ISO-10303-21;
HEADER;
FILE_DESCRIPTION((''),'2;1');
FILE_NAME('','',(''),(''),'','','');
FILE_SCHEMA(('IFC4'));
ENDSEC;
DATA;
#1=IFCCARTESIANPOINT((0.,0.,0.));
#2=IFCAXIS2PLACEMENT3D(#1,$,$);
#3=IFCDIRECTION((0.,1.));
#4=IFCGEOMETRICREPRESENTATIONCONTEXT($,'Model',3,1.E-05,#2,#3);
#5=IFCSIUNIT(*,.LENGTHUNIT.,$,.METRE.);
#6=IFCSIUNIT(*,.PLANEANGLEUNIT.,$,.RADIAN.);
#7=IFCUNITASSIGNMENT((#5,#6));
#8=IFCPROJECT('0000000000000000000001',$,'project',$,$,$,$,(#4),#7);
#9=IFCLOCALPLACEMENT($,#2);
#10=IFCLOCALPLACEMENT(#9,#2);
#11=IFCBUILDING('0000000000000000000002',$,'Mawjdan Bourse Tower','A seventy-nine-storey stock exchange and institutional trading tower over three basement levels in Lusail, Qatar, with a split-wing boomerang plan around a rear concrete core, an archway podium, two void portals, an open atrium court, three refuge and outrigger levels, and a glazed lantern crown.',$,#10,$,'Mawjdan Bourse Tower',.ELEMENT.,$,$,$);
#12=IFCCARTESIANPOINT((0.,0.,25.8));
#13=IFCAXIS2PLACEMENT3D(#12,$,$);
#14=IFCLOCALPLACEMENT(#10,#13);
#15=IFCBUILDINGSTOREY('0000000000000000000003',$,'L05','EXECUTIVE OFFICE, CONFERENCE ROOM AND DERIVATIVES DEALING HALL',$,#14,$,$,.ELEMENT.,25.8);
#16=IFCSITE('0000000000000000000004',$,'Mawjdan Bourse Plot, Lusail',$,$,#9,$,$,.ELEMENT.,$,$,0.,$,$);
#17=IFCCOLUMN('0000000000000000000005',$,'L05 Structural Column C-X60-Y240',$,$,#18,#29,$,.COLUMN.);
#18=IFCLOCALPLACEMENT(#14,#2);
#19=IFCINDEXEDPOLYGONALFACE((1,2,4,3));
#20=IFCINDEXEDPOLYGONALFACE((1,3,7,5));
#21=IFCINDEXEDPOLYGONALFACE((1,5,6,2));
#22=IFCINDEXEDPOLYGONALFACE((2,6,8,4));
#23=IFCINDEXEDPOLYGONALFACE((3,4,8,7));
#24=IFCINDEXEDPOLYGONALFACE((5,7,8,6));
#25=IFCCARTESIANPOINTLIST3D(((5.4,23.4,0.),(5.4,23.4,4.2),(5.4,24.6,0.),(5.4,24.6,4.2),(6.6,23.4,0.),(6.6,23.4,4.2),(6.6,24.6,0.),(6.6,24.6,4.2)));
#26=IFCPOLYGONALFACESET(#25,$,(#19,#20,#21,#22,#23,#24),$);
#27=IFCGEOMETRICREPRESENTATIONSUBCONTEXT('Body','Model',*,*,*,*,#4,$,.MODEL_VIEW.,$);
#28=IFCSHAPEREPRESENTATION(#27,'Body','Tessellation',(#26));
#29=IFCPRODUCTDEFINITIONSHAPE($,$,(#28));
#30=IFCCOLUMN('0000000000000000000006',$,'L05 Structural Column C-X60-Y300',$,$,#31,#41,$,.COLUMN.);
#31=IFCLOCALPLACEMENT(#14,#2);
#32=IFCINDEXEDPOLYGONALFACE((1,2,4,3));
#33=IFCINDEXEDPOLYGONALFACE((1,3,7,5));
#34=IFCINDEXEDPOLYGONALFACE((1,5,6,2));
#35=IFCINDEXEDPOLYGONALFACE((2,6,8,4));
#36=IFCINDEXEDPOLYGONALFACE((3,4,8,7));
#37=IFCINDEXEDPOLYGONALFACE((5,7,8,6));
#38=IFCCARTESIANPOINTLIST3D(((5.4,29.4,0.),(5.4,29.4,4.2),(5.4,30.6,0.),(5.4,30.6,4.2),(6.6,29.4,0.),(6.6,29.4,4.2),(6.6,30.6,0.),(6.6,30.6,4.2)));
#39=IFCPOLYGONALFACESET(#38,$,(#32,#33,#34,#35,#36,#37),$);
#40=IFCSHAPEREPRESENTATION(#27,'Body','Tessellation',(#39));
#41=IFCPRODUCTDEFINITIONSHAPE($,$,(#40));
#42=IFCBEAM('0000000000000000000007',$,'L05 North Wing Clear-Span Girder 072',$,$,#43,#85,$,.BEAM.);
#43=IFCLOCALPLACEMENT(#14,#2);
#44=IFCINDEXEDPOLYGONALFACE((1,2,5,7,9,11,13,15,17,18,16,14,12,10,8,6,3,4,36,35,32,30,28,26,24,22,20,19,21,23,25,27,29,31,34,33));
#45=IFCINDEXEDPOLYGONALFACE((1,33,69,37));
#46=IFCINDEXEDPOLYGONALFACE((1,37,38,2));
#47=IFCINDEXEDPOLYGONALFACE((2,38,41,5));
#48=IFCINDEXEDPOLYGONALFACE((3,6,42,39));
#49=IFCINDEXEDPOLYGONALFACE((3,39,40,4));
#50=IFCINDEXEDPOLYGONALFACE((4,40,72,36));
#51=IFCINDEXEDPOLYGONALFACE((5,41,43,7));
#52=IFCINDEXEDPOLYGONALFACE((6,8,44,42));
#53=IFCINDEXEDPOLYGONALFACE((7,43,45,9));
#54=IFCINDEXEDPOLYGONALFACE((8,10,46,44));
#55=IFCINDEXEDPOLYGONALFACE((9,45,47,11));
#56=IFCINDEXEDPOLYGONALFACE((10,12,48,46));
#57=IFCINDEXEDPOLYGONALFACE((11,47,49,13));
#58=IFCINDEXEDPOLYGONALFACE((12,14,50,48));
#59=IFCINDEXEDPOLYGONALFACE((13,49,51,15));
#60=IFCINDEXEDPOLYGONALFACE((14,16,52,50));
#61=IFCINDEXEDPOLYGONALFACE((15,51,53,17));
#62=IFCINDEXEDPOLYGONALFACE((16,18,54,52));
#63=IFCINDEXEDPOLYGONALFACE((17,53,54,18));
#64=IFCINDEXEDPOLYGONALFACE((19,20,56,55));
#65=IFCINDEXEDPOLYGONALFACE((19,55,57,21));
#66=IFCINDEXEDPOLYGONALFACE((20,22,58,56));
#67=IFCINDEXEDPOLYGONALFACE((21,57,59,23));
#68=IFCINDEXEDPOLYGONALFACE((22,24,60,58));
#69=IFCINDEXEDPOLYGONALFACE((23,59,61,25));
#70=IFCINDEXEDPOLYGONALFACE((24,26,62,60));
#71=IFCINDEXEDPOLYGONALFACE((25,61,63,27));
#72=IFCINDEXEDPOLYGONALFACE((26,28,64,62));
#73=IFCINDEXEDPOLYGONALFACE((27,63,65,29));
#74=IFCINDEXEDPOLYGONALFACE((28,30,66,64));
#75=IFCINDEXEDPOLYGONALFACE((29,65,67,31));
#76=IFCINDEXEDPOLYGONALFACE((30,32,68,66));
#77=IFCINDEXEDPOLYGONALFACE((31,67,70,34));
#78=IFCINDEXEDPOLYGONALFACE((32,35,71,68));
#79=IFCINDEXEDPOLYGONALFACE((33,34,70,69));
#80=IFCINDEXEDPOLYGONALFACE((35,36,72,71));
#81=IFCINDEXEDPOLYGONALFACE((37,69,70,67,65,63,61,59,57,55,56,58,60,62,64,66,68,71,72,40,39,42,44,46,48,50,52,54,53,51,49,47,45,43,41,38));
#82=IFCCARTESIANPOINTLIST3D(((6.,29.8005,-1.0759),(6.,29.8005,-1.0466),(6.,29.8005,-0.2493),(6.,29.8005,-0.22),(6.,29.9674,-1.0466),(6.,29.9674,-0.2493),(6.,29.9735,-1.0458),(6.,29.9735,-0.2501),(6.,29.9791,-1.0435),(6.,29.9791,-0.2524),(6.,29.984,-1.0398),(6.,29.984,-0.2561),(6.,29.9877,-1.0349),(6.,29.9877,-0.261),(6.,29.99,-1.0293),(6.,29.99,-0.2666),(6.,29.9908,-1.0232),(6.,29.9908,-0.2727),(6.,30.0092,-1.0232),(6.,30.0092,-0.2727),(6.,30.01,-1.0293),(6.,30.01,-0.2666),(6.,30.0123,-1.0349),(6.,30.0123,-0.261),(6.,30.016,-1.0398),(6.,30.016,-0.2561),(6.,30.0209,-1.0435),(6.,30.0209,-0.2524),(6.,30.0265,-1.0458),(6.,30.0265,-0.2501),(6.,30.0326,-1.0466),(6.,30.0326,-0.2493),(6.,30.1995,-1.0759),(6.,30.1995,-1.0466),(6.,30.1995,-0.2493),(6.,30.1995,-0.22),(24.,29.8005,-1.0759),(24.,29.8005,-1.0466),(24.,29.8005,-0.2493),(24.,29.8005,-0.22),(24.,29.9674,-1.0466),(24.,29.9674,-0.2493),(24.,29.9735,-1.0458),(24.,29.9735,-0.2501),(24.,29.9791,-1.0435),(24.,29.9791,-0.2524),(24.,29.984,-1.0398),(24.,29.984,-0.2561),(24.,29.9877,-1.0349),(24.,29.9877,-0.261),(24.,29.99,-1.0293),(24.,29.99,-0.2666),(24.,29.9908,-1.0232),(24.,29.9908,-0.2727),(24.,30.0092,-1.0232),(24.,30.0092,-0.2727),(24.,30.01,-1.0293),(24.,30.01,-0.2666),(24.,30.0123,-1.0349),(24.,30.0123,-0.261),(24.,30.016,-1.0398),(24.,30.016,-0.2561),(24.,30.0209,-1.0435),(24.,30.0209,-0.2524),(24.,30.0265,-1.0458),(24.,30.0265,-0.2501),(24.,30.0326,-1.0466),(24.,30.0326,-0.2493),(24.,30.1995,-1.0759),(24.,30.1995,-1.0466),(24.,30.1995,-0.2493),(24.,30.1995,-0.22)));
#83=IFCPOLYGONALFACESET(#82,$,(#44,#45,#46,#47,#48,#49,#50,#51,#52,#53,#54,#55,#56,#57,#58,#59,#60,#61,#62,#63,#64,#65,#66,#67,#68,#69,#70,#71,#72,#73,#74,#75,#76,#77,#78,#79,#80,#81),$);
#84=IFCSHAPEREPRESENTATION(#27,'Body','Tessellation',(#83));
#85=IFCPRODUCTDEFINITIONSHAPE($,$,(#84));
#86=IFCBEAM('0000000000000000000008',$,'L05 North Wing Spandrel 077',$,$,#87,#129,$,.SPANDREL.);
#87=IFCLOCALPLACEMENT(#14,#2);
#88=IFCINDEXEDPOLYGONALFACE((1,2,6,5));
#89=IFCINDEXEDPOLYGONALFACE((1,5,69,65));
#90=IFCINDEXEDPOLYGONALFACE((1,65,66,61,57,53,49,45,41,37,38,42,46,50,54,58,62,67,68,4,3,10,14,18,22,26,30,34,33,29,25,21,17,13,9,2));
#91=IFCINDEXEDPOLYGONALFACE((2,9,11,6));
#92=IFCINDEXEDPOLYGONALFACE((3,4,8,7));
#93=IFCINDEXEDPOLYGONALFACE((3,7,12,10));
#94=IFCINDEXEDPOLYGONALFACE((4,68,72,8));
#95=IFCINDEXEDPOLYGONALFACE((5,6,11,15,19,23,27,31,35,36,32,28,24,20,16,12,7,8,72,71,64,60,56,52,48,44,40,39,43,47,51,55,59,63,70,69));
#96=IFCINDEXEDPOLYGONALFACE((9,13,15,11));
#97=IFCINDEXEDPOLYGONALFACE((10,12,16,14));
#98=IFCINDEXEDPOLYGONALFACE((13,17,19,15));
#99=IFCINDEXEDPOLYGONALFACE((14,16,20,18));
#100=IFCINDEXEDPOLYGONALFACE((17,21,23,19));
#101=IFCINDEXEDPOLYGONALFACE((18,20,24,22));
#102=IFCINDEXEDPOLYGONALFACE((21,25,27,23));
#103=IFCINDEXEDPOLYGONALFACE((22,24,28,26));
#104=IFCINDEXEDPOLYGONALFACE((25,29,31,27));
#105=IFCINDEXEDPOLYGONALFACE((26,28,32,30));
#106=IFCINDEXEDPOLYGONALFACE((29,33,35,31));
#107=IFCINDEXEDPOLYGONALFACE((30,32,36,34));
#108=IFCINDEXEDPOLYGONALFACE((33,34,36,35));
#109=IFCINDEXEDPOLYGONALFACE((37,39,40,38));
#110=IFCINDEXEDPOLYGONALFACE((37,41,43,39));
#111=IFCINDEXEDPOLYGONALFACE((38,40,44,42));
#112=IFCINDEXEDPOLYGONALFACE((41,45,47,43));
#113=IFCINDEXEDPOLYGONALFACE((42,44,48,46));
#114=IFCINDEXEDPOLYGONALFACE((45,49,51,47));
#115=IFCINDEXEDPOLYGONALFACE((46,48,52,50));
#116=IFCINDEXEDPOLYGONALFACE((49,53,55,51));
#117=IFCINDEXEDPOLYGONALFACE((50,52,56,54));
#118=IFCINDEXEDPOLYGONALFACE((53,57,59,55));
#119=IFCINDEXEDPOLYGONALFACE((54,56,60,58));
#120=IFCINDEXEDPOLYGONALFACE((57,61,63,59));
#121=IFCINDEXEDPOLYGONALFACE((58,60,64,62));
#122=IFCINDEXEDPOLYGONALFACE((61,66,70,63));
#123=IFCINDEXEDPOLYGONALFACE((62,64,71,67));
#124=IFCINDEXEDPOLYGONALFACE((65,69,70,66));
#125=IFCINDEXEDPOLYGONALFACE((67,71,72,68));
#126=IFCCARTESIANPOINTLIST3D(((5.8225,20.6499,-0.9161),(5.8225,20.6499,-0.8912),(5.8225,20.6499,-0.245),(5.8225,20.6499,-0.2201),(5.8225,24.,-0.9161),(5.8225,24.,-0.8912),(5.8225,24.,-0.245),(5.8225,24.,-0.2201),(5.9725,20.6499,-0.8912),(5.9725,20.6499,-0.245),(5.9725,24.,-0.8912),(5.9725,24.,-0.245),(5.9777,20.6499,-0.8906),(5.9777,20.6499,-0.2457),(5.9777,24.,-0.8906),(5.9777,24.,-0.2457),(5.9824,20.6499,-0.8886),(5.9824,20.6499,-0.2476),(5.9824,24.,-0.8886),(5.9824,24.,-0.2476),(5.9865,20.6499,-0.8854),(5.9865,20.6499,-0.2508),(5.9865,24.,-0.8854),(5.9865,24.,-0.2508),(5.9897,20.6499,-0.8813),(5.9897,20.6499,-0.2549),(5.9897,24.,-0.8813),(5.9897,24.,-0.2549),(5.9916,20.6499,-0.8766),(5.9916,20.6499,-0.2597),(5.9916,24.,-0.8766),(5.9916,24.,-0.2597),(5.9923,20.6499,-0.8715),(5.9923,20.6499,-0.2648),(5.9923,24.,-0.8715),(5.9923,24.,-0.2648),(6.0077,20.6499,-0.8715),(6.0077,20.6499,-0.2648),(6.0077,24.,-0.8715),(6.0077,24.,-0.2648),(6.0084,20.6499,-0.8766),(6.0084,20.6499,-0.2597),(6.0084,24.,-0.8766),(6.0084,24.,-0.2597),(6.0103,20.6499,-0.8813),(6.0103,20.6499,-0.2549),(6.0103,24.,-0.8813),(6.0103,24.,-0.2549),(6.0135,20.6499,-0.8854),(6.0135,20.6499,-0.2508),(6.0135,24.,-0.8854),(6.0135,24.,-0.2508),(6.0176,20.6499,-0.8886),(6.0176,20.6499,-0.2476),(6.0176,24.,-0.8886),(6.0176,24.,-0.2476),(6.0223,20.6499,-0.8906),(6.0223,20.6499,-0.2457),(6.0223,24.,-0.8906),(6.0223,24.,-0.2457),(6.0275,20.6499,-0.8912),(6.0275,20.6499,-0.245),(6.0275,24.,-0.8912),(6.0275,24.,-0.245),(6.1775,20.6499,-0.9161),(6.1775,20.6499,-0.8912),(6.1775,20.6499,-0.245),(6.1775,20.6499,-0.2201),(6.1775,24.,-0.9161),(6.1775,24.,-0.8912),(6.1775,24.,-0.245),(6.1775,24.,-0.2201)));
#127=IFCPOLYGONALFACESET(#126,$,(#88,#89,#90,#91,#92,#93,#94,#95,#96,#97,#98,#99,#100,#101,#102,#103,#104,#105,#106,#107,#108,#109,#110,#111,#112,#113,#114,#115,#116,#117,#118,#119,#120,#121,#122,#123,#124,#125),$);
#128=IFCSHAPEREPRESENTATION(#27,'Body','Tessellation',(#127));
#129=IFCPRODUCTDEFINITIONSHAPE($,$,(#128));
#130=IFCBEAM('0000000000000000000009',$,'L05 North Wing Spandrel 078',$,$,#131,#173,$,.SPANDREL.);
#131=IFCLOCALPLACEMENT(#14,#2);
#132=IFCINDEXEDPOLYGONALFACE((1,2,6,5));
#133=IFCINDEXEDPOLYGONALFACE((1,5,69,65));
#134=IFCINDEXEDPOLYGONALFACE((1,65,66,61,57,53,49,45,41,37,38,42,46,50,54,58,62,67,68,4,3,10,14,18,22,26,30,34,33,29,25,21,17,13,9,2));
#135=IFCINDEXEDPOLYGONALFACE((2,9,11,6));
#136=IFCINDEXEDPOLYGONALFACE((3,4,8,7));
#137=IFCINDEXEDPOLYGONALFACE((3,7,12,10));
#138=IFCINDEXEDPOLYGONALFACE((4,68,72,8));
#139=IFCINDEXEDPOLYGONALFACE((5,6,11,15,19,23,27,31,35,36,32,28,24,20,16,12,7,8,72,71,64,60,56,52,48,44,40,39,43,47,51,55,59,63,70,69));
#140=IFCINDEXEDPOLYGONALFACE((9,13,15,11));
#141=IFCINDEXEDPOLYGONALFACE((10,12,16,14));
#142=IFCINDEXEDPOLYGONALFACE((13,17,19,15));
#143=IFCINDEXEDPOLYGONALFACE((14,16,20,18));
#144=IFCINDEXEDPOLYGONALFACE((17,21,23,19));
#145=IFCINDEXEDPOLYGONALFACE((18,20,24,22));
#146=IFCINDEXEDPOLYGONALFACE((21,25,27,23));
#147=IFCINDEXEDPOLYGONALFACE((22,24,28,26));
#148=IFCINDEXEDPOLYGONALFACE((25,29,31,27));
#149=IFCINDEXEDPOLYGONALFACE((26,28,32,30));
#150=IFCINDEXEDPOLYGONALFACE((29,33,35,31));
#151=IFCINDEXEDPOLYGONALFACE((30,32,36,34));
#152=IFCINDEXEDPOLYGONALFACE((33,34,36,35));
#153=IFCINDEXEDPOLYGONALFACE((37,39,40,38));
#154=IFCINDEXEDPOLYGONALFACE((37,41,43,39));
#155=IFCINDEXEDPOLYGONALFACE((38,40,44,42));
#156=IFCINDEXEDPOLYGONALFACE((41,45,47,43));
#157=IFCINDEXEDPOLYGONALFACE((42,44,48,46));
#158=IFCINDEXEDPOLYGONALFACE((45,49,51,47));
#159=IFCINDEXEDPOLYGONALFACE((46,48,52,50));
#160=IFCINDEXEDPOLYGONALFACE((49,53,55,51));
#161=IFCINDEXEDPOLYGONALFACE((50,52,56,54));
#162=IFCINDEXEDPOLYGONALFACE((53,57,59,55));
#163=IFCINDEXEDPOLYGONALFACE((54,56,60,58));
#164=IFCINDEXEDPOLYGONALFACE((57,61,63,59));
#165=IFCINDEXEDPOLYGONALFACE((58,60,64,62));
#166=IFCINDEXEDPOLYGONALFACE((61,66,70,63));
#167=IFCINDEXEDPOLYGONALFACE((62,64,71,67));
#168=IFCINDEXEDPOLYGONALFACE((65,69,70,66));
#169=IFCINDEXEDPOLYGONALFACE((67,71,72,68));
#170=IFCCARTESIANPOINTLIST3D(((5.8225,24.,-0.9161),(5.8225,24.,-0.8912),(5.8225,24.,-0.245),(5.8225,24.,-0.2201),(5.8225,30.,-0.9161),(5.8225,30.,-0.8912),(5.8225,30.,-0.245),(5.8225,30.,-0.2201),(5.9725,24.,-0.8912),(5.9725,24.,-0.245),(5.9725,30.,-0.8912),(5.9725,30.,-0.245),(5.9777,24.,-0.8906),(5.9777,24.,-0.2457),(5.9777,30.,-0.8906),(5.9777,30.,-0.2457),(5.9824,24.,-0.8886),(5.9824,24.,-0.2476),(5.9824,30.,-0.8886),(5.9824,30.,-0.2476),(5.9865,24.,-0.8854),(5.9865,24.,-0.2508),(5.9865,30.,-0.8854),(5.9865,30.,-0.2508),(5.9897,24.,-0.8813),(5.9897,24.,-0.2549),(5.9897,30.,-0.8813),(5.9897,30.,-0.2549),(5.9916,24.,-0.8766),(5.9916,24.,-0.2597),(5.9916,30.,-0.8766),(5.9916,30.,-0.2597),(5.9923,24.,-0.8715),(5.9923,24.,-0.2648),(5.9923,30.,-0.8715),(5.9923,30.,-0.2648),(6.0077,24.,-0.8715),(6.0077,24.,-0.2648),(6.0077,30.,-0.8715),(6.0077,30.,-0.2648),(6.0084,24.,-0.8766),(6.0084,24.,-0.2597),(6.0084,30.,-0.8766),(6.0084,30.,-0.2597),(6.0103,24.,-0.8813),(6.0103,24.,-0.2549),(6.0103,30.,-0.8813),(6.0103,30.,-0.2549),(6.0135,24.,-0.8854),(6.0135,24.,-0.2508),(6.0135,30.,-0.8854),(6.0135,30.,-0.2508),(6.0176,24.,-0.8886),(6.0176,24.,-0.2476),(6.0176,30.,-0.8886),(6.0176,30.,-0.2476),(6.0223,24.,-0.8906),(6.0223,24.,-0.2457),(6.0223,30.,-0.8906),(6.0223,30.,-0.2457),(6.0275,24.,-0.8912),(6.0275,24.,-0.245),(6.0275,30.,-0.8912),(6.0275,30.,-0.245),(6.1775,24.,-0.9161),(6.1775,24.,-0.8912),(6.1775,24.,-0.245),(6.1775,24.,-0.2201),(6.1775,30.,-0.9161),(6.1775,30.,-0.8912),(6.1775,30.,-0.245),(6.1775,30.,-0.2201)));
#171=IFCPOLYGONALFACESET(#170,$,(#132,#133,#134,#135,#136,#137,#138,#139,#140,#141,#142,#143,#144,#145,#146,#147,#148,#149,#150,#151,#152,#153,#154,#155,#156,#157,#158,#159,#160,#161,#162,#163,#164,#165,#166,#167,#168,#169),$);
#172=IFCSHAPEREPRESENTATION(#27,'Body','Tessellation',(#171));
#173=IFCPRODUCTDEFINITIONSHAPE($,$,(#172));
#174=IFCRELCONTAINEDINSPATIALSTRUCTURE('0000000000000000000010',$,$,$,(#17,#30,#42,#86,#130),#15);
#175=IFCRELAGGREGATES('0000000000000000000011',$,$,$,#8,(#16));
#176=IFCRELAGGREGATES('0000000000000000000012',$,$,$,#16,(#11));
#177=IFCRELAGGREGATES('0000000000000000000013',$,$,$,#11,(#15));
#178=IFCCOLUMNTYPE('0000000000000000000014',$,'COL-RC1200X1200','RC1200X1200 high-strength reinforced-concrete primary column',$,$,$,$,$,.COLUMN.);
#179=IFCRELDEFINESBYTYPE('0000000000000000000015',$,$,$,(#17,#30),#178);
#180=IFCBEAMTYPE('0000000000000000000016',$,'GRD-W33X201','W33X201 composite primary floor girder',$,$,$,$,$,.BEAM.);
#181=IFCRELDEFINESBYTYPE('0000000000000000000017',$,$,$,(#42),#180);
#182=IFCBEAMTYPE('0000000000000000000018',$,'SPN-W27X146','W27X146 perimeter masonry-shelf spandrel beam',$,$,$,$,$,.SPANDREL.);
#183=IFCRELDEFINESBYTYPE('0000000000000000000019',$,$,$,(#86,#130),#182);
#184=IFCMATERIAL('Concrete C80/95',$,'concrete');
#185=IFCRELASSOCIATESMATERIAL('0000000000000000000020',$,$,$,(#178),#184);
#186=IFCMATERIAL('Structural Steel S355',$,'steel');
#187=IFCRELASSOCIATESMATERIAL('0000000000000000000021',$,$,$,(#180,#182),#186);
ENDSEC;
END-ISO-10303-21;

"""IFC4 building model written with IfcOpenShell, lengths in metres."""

from ifc_helpers import new_model, si_unit, direction, frame, origin, origin_2d, place, context, subcontext, project, spatial, rectangle, i_section, extrude, material, material_profile, profile_set, type_object, element, save


model = new_model("IFC4")

# Units and contexts
model_context = context("Model", 3, precision=1e-05, world=origin(), true_north=direction((0.0, 1.0)))
body_context = subcontext(model_context, "Body", "Model", "MODEL_VIEW")
ifc_project = project(units=[si_unit("LENGTHUNIT", "METRE"), si_unit("PLANEANGLEUNIT", "RADIAN")], contexts=[model_context])

# Site, building, storey
site_placement = place(None, origin())
site = spatial("IfcSite", under=ifc_project, at=site_placement, Name="Mawjdan Bourse Plot, Lusail", CompositionType="ELEMENT", RefElevation=0.0)
building_placement = place(site_placement, origin())
building = spatial("IfcBuilding", under=site, at=building_placement, Name="Mawjdan Bourse Tower", Description="A seventy-nine-storey stock exchange and institutional trading tower over three basement levels in Lusail, Qatar, with a split-wing boomerang plan around a rear concrete core, an archway podium, two void portals, an open atrium court, three refuge and outrigger levels, and a glazed lantern crown.", LongName="Mawjdan Bourse Tower", CompositionType="ELEMENT")
storey_placement = place(building_placement, frame((0.0, 0.0, 25.8)))
storey = spatial("IfcBuildingStorey", under=building, at=storey_placement, Name="L05", Description="EXECUTIVE OFFICE, CONFERENCE ROOM AND DERIVATIVES DEALING HALL", CompositionType="ELEMENT", Elevation=25.8)

# Columns
ifc_material_1 = material(Name="Concrete C80/95", Category="concrete")
ifc_material_profile_1 = material_profile(ifc_material_1, rectangle(XDim=1.2, YDim=1.2, at=origin_2d()), Name="RC1200X1200")
ifc_profile_set_1 = profile_set([ifc_material_profile_1], Name="Concrete C80/95")
column_type = type_object("IfcColumnType", Name="COL-RC1200X1200", Description="RC1200X1200 high-strength reinforced-concrete primary column", PredefinedType="COLUMN", material=ifc_profile_set_1)
for number, where, z_axis, x_axis, name in (
    (1, (6.0, 24.0, 0.0), (0.0, 0.0, 1.0), (1.0, 0.0, 0.0), "L05 Structural Column C-X60-Y240"),
    (2, (6.0, 30.0, 0.0), (0.0, 0.0, 1.0), (1.0, 0.0, 0.0), "L05 Structural Column C-X60-Y300"),
):
    element("IfcColumn", number, at=place(storey_placement, frame(where, z_axis=z_axis, x_axis=x_axis)), inside=storey, type_object=column_type, Name=name, PredefinedType="COLUMN", context=body_context, shape_type="SweptSolid", body=[
        extrude(rectangle(XDim=1.2, YDim=1.2, at=origin_2d()), origin(), (0.0, 0.0, 1.0), 4.2),
    ])

# Beams
ifc_material_2 = material(Name="Structural Steel S355", Category="steel")
ifc_material_profile_2 = material_profile(ifc_material_2, i_section(OverallWidth=0.3989, OverallDepth=0.856, WebThickness=0.0183, FlangeThickness=0.0293, FilletRadius=0.0234, at=origin_2d()), Name="W33X201")
ifc_profile_set_2 = profile_set([ifc_material_profile_2], Name="Structural Steel S355")
beam_type_1 = type_object("IfcBeamType", Name="GRD-W33X201", Description="W33X201 composite primary floor girder", PredefinedType="BEAM", material=ifc_profile_set_2)
beam_1_placement = place(storey_placement, frame((6.0, 30.0, -0.6479), z_axis=(1.0, 0.0, 0.0), x_axis=(0.0, 1.0, 0.0)))
element("IfcBeam", 3, at=beam_1_placement, inside=storey, type_object=beam_type_1, Name="L05 North Wing Clear-Span Girder 072", PredefinedType="BEAM", context=body_context, shape_type="SweptSolid", body=[
    extrude(i_section(OverallWidth=0.3989, OverallDepth=0.856, WebThickness=0.0183, FlangeThickness=0.0293, FilletRadius=0.0234, at=origin_2d()), origin(), (0.0, 0.0, 1.0), 18.0),
])
ifc_material_profile_3 = material_profile(ifc_material_2, i_section(OverallWidth=0.355, OverallDepth=0.696, WebThickness=0.0154, FlangeThickness=0.0249, FilletRadius=0.0198, at=origin_2d()), Name="W27X146")
ifc_profile_set_3 = profile_set([ifc_material_profile_3], Name="Structural Steel S355")
beam_type_2 = type_object("IfcBeamType", Name="SPN-W27X146", Description="W27X146 perimeter masonry-shelf spandrel beam", PredefinedType="SPANDREL", material=ifc_profile_set_3)
beam_2_placement = place(storey_placement, frame((6.0, 20.6499, -0.5681), z_axis=(0.0, 1.0, 0.0), x_axis=(-1.0, 0.0, 0.0)))
element("IfcBeam", 4, at=beam_2_placement, inside=storey, type_object=beam_type_2, Name="L05 North Wing Spandrel 077", PredefinedType="SPANDREL", context=body_context, shape_type="SweptSolid", body=[
    extrude(i_section(OverallWidth=0.355, OverallDepth=0.696, WebThickness=0.0154, FlangeThickness=0.0249, FilletRadius=0.0198, at=origin_2d()), origin(), (0.0, 0.0, 1.0), 3.3501),
])
for number, where, z_axis, x_axis, name in (
    (5, (6.0, 24.0, -0.5681), (0.0, 1.0, 0.0), (-1.0, 0.0, 0.0), "L05 North Wing Spandrel 078"),
):
    element("IfcBeam", number, at=place(storey_placement, frame(where, z_axis=z_axis, x_axis=x_axis)), inside=storey, type_object=beam_type_2, Name=name, PredefinedType="SPANDREL", context=body_context, shape_type="SweptSolid", body=[
        extrude(i_section(OverallWidth=0.355, OverallDepth=0.696, WebThickness=0.0154, FlangeThickness=0.0249, FilletRadius=0.0198, at=origin_2d()), origin(), (0.0, 0.0, 1.0), 6.0),
    ])

save(model, "model.ifc")
